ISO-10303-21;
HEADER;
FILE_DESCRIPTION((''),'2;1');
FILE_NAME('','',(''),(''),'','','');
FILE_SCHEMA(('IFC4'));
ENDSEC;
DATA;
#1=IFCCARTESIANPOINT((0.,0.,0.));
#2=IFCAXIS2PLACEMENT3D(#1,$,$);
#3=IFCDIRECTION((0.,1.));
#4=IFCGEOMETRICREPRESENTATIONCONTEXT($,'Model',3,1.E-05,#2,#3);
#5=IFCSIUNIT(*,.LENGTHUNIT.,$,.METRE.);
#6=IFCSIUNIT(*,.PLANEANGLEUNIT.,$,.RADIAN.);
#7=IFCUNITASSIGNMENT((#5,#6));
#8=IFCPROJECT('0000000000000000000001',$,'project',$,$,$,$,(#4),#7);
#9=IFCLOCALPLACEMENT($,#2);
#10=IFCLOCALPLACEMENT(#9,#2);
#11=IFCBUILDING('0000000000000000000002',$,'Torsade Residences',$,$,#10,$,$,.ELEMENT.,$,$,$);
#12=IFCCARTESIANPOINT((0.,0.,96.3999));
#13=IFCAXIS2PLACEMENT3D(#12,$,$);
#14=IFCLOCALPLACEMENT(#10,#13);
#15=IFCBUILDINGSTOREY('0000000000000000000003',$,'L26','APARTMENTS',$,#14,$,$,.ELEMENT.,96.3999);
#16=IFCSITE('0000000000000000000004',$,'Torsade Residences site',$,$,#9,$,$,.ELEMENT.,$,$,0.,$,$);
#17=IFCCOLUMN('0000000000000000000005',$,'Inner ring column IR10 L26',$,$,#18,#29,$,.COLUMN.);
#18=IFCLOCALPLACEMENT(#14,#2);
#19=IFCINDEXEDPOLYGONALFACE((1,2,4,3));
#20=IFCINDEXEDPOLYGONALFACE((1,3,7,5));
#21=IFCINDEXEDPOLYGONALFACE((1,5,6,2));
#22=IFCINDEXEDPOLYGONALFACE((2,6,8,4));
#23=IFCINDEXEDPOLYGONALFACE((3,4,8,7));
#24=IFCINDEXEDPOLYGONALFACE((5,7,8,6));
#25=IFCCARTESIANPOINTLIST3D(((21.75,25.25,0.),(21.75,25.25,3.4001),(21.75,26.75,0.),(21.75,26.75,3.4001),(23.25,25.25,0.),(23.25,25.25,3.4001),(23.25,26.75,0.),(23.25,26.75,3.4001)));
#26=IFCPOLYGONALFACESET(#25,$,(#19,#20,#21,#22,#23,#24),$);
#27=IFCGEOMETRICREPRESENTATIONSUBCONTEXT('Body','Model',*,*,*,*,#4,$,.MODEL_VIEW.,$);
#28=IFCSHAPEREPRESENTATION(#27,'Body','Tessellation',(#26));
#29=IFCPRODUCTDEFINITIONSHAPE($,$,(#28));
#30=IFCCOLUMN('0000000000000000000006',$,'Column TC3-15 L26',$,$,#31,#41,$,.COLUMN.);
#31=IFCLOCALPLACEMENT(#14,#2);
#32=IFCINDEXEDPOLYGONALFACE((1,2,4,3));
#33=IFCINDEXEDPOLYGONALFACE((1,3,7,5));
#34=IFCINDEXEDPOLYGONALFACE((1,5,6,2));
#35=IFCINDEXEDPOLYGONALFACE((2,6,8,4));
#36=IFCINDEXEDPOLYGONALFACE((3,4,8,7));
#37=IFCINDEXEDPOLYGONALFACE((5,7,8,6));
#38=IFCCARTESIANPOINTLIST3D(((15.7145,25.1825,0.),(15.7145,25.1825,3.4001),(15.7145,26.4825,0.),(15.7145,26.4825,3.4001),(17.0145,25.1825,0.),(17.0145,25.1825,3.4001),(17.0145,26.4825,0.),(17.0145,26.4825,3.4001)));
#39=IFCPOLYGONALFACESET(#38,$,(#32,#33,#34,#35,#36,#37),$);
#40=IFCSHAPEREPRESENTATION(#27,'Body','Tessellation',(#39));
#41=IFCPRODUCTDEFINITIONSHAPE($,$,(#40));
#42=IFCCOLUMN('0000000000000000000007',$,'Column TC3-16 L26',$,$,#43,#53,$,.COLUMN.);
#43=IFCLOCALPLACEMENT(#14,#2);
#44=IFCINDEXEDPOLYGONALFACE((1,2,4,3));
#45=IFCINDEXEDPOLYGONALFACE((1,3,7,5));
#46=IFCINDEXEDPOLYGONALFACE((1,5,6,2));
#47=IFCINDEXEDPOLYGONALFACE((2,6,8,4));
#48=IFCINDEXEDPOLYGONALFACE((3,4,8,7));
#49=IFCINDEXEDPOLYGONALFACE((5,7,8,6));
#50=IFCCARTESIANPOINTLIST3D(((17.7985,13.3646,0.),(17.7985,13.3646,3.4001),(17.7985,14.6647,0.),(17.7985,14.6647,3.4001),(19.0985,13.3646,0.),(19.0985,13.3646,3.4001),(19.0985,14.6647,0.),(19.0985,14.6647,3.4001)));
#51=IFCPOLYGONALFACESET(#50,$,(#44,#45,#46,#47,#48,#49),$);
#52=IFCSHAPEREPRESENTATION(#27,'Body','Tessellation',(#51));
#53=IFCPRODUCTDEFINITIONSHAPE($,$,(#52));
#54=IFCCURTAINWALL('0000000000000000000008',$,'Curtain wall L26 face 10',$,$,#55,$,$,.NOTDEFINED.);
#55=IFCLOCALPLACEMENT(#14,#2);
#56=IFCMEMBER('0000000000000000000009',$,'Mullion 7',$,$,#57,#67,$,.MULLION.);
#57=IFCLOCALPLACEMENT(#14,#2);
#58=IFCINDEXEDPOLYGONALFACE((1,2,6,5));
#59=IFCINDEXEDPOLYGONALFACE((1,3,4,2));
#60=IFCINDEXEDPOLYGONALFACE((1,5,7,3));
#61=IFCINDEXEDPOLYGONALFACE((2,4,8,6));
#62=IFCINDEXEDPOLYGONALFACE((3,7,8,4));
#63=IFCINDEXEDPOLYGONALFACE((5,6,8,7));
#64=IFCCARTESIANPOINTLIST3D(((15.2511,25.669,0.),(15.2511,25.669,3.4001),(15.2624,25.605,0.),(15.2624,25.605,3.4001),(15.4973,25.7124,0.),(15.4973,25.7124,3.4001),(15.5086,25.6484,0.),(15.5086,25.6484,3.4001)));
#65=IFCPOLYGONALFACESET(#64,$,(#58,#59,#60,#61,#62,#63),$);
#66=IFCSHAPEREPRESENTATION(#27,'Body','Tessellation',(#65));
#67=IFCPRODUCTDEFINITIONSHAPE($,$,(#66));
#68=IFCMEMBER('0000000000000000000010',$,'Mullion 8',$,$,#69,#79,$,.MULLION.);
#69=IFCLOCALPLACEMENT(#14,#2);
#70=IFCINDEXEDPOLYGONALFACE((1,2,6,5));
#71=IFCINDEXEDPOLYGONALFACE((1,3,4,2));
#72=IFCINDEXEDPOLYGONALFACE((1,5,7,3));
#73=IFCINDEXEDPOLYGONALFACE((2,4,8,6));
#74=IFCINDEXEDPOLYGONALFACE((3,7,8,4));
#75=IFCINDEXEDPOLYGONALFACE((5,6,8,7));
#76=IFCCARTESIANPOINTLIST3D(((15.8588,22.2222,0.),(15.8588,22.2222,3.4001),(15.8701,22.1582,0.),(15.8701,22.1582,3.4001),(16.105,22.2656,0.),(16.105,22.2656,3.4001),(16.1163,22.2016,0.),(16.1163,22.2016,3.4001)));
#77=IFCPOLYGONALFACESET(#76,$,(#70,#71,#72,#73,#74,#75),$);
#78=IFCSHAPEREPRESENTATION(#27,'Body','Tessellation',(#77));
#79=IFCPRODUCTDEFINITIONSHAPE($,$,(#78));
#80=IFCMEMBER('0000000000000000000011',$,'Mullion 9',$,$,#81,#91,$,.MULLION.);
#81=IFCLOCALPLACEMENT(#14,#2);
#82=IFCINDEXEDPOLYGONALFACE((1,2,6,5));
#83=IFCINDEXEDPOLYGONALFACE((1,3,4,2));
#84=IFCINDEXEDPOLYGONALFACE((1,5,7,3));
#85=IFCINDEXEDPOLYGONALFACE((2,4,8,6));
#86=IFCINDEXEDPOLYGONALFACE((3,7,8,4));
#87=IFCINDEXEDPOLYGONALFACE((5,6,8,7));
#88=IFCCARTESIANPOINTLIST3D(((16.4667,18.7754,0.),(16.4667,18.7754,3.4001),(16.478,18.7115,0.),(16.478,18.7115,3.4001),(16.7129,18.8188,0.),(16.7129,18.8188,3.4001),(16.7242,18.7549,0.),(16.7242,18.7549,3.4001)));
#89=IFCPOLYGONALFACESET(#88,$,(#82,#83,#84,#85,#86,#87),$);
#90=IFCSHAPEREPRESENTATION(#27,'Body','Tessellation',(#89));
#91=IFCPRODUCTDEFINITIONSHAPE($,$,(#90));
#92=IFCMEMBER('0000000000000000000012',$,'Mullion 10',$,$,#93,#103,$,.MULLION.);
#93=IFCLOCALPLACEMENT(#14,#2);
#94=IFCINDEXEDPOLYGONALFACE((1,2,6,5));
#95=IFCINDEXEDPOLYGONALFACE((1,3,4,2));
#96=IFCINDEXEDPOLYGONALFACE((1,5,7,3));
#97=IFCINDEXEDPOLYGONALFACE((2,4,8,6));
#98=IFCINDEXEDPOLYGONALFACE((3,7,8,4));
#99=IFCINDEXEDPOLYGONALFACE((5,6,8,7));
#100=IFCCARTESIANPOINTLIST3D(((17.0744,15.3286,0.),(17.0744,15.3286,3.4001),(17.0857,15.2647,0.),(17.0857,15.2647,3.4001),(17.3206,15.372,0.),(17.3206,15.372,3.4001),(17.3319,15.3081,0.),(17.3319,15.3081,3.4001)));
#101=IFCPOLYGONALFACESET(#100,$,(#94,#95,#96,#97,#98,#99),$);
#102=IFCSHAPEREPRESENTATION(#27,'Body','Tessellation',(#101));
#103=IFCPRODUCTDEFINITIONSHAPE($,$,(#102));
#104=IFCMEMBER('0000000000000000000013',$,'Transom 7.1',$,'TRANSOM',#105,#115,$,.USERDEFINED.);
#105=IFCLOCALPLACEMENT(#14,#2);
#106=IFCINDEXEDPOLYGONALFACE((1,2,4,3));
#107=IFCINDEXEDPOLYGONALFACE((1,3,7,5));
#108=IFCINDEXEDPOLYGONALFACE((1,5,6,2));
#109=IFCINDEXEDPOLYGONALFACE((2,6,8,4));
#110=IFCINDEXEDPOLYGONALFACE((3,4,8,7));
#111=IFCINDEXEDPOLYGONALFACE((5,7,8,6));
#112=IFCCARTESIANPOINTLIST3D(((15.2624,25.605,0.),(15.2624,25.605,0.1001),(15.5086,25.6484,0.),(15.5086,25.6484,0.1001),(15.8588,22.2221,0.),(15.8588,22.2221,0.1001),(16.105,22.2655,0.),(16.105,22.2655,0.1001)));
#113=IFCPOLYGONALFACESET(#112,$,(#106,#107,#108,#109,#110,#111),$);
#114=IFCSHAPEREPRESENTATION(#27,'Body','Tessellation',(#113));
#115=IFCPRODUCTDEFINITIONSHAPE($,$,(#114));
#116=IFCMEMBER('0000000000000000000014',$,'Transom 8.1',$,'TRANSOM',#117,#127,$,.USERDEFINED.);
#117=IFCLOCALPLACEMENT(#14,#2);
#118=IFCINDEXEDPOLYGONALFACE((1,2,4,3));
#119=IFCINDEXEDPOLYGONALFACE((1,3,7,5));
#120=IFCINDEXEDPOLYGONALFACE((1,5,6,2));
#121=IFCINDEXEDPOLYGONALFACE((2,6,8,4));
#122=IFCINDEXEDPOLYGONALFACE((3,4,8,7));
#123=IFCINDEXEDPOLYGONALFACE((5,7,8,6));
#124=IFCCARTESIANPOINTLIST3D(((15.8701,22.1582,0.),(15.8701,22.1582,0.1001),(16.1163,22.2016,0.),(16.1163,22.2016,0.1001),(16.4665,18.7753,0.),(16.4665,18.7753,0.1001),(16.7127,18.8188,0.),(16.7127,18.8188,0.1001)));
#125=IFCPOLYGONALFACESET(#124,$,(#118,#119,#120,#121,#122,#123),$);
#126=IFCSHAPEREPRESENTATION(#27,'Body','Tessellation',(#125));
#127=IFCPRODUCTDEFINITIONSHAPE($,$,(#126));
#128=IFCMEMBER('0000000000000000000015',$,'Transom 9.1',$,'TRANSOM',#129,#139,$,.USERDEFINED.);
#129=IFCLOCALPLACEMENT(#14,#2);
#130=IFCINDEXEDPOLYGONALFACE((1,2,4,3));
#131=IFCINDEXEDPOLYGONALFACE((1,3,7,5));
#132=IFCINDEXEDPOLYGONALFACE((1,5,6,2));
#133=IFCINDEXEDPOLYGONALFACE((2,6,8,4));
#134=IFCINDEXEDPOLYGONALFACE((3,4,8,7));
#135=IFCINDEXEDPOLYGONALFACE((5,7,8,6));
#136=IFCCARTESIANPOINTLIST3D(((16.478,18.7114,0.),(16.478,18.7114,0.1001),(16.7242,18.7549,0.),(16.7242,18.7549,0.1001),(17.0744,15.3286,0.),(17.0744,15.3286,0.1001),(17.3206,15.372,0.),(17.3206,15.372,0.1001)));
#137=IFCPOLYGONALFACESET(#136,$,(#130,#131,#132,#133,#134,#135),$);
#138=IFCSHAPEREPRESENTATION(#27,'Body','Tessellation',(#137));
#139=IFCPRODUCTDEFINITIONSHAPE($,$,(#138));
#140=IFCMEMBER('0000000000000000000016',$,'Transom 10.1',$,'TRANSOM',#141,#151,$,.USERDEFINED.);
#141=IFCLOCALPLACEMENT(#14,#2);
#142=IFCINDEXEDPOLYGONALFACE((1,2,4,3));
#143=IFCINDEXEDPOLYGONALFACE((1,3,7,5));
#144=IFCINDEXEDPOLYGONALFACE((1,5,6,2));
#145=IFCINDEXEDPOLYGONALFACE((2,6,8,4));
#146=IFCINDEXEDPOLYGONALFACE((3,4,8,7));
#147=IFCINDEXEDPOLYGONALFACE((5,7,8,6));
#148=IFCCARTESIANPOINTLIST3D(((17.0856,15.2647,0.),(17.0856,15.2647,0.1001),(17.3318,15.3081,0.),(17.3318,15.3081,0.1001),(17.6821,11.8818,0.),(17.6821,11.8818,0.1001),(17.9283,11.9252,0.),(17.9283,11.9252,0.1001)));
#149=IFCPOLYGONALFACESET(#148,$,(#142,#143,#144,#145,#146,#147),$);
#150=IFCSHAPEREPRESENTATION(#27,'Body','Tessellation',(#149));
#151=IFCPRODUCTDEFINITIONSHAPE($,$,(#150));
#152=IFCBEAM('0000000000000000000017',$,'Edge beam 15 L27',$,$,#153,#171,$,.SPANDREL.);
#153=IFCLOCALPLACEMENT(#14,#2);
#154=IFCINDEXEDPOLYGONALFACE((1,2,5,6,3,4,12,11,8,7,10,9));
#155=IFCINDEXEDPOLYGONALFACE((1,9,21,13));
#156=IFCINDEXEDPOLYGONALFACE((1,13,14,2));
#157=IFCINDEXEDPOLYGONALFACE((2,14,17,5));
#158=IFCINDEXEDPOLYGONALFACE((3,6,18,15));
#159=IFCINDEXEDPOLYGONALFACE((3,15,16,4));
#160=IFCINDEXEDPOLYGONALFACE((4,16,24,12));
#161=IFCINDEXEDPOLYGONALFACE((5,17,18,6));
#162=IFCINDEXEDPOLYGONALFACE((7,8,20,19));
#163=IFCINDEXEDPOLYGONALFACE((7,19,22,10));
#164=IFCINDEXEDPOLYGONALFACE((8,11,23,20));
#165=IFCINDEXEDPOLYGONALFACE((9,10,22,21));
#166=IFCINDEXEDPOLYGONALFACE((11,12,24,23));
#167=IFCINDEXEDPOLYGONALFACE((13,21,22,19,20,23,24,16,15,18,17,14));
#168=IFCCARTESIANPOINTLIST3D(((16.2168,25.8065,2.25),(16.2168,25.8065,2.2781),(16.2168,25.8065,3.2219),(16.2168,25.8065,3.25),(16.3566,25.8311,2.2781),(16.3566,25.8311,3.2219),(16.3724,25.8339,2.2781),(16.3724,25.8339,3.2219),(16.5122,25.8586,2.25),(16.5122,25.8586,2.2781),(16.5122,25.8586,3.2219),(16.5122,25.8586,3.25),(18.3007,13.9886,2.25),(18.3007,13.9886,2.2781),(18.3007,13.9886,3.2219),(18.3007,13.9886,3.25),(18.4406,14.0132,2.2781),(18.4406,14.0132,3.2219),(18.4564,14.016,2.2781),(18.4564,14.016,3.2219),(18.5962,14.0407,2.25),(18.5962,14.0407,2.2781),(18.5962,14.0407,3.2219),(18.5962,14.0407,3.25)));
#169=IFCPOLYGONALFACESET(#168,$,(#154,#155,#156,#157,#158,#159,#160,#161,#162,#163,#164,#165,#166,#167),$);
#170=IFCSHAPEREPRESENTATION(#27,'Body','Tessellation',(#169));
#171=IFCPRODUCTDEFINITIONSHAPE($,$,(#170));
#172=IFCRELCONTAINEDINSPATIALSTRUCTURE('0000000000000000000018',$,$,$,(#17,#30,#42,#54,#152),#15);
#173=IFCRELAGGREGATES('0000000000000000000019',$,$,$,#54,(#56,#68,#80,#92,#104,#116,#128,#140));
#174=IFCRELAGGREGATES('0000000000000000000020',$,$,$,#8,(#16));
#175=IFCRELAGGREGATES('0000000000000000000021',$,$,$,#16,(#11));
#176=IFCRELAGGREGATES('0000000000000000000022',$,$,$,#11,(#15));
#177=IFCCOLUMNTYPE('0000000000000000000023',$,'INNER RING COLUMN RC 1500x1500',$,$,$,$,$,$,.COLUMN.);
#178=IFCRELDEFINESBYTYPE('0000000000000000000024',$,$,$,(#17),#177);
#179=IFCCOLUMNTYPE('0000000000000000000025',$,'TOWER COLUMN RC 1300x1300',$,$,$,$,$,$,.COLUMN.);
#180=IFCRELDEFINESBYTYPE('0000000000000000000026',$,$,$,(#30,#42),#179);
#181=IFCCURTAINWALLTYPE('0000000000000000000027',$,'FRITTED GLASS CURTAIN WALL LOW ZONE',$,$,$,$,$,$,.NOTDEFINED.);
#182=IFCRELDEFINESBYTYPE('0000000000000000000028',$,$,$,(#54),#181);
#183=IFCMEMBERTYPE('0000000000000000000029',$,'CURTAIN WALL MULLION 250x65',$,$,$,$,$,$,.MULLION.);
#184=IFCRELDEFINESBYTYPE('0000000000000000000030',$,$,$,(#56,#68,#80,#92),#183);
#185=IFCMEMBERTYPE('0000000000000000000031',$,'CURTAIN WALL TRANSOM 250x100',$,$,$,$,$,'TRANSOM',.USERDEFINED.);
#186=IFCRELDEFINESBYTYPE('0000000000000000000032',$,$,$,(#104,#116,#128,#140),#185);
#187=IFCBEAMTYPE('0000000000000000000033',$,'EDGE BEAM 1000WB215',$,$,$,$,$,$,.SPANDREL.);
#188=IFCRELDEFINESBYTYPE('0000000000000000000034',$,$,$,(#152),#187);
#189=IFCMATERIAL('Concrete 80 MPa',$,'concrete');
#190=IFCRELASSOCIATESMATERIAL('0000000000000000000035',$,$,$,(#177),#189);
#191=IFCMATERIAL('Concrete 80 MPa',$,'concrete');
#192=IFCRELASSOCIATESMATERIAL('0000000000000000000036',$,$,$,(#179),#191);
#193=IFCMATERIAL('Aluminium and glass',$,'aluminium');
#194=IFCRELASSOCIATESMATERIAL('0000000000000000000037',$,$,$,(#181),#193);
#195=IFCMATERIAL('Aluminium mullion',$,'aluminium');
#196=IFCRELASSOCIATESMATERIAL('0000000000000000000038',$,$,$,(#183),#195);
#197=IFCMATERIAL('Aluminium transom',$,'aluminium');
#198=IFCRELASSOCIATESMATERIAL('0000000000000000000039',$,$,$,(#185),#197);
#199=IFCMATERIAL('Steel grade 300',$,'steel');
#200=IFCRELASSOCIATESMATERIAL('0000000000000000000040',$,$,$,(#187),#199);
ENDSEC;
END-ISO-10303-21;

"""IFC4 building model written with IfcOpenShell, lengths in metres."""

from ifc_helpers import new_model, si_unit, direction, frame, origin, origin_2d, place, context, subcontext, project, spatial, rectangle, i_section, extrude, material, material_profile, profile_set, type_object, element, aggregate, save


model = new_model("IFC4")

# Units and contexts
model_context = context("Model", 3, precision=1e-05, world=origin(), true_north=direction((0.0, 1.0)))
body_context = subcontext(model_context, "Body", "Model", "MODEL_VIEW")
ifc_project = project(units=[si_unit("LENGTHUNIT", "METRE"), si_unit("PLANEANGLEUNIT", "RADIAN")], contexts=[model_context])

# Site, building, storey
site_placement = place(None, origin())
site = spatial("IfcSite", under=ifc_project, at=site_placement, Name="Torsade Residences site", CompositionType="ELEMENT", RefElevation=0.0)
building_placement = place(site_placement, origin())
building = spatial("IfcBuilding", under=site, at=building_placement, Name="Torsade Residences", CompositionType="ELEMENT")
storey_placement = place(building_placement, frame((0.0, 0.0, 96.3999)))
storey = spatial("IfcBuildingStorey", under=building, at=storey_placement, Name="L26", Description="APARTMENTS", CompositionType="ELEMENT", Elevation=96.3999)

# Columns
ifc_material_1 = material(Name="Concrete 80 MPa", Category="concrete")
ifc_material_profile_1 = material_profile(ifc_material_1, rectangle(XDim=1.5, YDim=1.5, at=origin_2d()), Name="RC 1500x1500")
ifc_profile_set_1 = profile_set([ifc_material_profile_1], Name="Concrete 80 MPa")
column_type_1 = type_object("IfcColumnType", Name="INNER RING COLUMN RC 1500x1500", PredefinedType="COLUMN", material=ifc_profile_set_1)
column_placement = place(storey_placement, frame((22.5, 26.0, 0.0), z_axis=(0.0, 0.0, 1.0), x_axis=(1.0, 0.0, 0.0)))
element("IfcColumn", 1, at=column_placement, inside=storey, type_object=column_type_1, Name="Inner ring column IR10 L26", PredefinedType="COLUMN", context=body_context, shape_type="SweptSolid", body=[
    extrude(rectangle(XDim=1.5, YDim=1.5, at=origin_2d()), origin(), (0.0, 0.0, 1.0), 3.4001),
])
ifc_material_2 = material(Name="Concrete 80 MPa", Category="concrete")
ifc_material_profile_2 = material_profile(ifc_material_2, rectangle(XDim=1.3, YDim=1.3, at=origin_2d()), Name="RC 1300x1300")
ifc_profile_set_2 = profile_set([ifc_material_profile_2], Name="Concrete 80 MPa")
column_type_2 = type_object("IfcColumnType", Name="TOWER COLUMN RC 1300x1300", PredefinedType="COLUMN", material=ifc_profile_set_2)
for number, where, z_axis, x_axis, name in (
    (2, (16.3645, 25.8325, 0.0), (0.0, 0.0, 1.0), (1.0, 0.0, 0.0), "Column TC3-15 L26"),
    (3, (18.4485, 14.0146, 0.0), (0.0, 0.0, 1.0), (1.0, 0.0, 0.0), "Column TC3-16 L26"),
):
    element("IfcColumn", number, at=place(storey_placement, frame(where, z_axis=z_axis, x_axis=x_axis)), inside=storey, type_object=column_type_2, Name=name, PredefinedType="COLUMN", context=body_context, shape_type="SweptSolid", body=[
        extrude(rectangle(XDim=1.3, YDim=1.3, at=origin_2d()), origin(), (0.0, 0.0, 1.0), 3.4001),
    ])

# Curtain wall, members
ifc_material_3 = material(Name="Aluminium and glass", Category="aluminium")
curtain_wall_type = type_object("IfcCurtainWallType", Name="FRITTED GLASS CURTAIN WALL LOW ZONE", PredefinedType="NOTDEFINED", material=ifc_material_3)
curtain_wall_placement = place(storey_placement, origin())
curtain_wall = element("IfcCurtainWall", 4, at=curtain_wall_placement, inside=storey, type_object=curtain_wall_type, Name="Curtain wall L26 face 10", PredefinedType="NOTDEFINED")
ifc_material_4 = material(Name="Aluminium mullion", Category="aluminium")
ifc_material_profile_3 = material_profile(ifc_material_4, rectangle(XDim=0.25, YDim=0.0649, at=origin_2d()), Name="CURTAIN WALL MULLION 250x65")
ifc_profile_set_3 = profile_set([ifc_material_profile_3], Name="Aluminium mullion")
member_type_1 = type_object("IfcMemberType", Name="CURTAIN WALL MULLION 250x65", PredefinedType="MULLION", material=ifc_profile_set_3)
member_1_placement = place(storey_placement, frame((15.3799, 25.6587, 0.0), z_axis=(0.0, 0.0, 1.0), x_axis=(0.984808, 0.173648, 0.0)))
member_1 = element("IfcMember", 5, at=member_1_placement, type_object=member_type_1, Name="Mullion 7", PredefinedType="MULLION", context=body_context, shape_type="SweptSolid", body=[
    extrude(rectangle(XDim=0.25, YDim=0.0649, at=origin_2d()), origin(), (0.0, 0.0, 1.0), 3.4001),
])
member_2_placement = place(storey_placement, frame((15.9875, 22.2119, 0.0), z_axis=(0.0, 0.0, 1.0), x_axis=(0.984808, 0.173648, 0.0)))
member_2 = element("IfcMember", 6, at=member_2_placement, type_object=member_type_1, Name="Mullion 8", PredefinedType="MULLION", context=body_context, shape_type="SweptSolid", body=[
    extrude(rectangle(XDim=0.25, YDim=0.0649, at=origin_2d()), origin(), (0.0, 0.0, 1.0), 3.4001),
])
member_3_placement = place(storey_placement, frame((16.5955, 18.7651, 0.0), z_axis=(0.0, 0.0, 1.0), x_axis=(0.984808, 0.173648, 0.0)))
member_3 = element("IfcMember", 7, at=member_3_placement, type_object=member_type_1, Name="Mullion 9", PredefinedType="MULLION", context=body_context, shape_type="SweptSolid", body=[
    extrude(rectangle(XDim=0.25, YDim=0.0649, at=origin_2d()), origin(), (0.0, 0.0, 1.0), 3.4001),
])
member_4_placement = place(storey_placement, frame((17.2031, 15.3184, 0.0), z_axis=(0.0, 0.0, 1.0), x_axis=(0.984808, 0.173648, 0.0)))
member_4 = element("IfcMember", 8, at=member_4_placement, type_object=member_type_1, Name="Mullion 10", PredefinedType="MULLION", context=body_context, shape_type="SweptSolid", body=[
    extrude(rectangle(XDim=0.25, YDim=0.0649, at=origin_2d()), origin(), (0.0, 0.0, 1.0), 3.4001),
])
ifc_material_5 = material(Name="Aluminium transom", Category="aluminium")
ifc_material_profile_4 = material_profile(ifc_material_5, rectangle(XDim=0.25, YDim=0.1001, at=origin_2d()), Name="CURTAIN WALL TRANSOM 250x100")
ifc_profile_set_4 = profile_set([ifc_material_profile_4], Name="Aluminium transom")
member_type_2 = type_object("IfcMemberType", Name="CURTAIN WALL TRANSOM 250x100", ElementType="TRANSOM", PredefinedType="USERDEFINED", material=ifc_profile_set_4)
member_5_placement = place(storey_placement, frame((15.3855, 25.6267, 0.05), z_axis=(0.173635, -0.98481, 0.0), x_axis=(0.98481, 0.173635, 0.0)))
member_5 = element("IfcMember", 9, at=member_5_placement, type_object=member_type_2, Name="Transom 7.1", ObjectType="TRANSOM", PredefinedType="USERDEFINED", context=body_context, shape_type="SweptSolid", body=[
    extrude(rectangle(XDim=0.25, YDim=0.1001, at=origin_2d()), origin(), (0.0, 0.0, 1.0), 3.4351),
])
member_6_placement = place(storey_placement, frame((15.9932, 22.1799, 0.05), z_axis=(0.173635, -0.98481, 0.0), x_axis=(0.98481, 0.173635, 0.0)))
member_6 = element("IfcMember", 10, at=member_6_placement, type_object=member_type_2, Name="Transom 8.1", ObjectType="TRANSOM", PredefinedType="USERDEFINED", context=body_context, shape_type="SweptSolid", body=[
    extrude(rectangle(XDim=0.25, YDim=0.1001, at=origin_2d()), origin(), (0.0, 0.0, 1.0), 3.4351),
])
member_7_placement = place(storey_placement, frame((16.6011, 18.7332, 0.05), z_axis=(0.173635, -0.98481, 0.0), x_axis=(0.98481, 0.173635, 0.0)))
member_7 = element("IfcMember", 11, at=member_7_placement, type_object=member_type_2, Name="Transom 9.1", ObjectType="TRANSOM", PredefinedType="USERDEFINED", context=body_context, shape_type="SweptSolid", body=[
    extrude(rectangle(XDim=0.25, YDim=0.1001, at=origin_2d()), origin(), (0.0, 0.0, 1.0), 3.4351),
])
member_8_placement = place(storey_placement, frame((17.2087, 15.2864, 0.05), z_axis=(0.173635, -0.98481, 0.0), x_axis=(0.98481, 0.173635, 0.0)))
member_8 = element("IfcMember", 12, at=member_8_placement, type_object=member_type_2, Name="Transom 10.1", ObjectType="TRANSOM", PredefinedType="USERDEFINED", context=body_context, shape_type="SweptSolid", body=[
    extrude(rectangle(XDim=0.25, YDim=0.1001, at=origin_2d()), origin(), (0.0, 0.0, 1.0), 3.4351),
])

# Beam
ifc_material_6 = material(Name="Steel grade 300", Category="steel")
ifc_material_profile_5 = material_profile(ifc_material_6, i_section(OverallWidth=0.3, OverallDepth=1.0, WebThickness=0.0161, FlangeThickness=0.0281, at=origin_2d()), Name="1000WB215")
ifc_profile_set_5 = profile_set([ifc_material_profile_5], Name="Steel grade 300")
beam_type_1 = type_object("IfcBeamType", Name="EDGE BEAM 1000WB215", PredefinedType="SPANDREL", material=ifc_profile_set_5)
beam_1_placement = place(storey_placement, frame((16.3645, 25.8325, 2.75), z_axis=(0.173662, -0.984805, 0.0), x_axis=(0.984805, 0.173662, 0.0)))
element("IfcBeam", 13, at=beam_1_placement, inside=storey, type_object=beam_type_1, Name="Edge beam 15 L27", PredefinedType="SPANDREL", context=body_context, shape_type="SweptSolid", body=[
    extrude(i_section(OverallWidth=0.3, OverallDepth=1.0, WebThickness=0.0161, FlangeThickness=0.0281, at=origin_2d()), origin(), (0.0, 0.0, 1.0), 12.0002),
])

aggregate(curtain_wall, [member_1, member_2, member_3, member_4, member_5, member_6, member_7, member_8])

save(model, "model.ifc")
